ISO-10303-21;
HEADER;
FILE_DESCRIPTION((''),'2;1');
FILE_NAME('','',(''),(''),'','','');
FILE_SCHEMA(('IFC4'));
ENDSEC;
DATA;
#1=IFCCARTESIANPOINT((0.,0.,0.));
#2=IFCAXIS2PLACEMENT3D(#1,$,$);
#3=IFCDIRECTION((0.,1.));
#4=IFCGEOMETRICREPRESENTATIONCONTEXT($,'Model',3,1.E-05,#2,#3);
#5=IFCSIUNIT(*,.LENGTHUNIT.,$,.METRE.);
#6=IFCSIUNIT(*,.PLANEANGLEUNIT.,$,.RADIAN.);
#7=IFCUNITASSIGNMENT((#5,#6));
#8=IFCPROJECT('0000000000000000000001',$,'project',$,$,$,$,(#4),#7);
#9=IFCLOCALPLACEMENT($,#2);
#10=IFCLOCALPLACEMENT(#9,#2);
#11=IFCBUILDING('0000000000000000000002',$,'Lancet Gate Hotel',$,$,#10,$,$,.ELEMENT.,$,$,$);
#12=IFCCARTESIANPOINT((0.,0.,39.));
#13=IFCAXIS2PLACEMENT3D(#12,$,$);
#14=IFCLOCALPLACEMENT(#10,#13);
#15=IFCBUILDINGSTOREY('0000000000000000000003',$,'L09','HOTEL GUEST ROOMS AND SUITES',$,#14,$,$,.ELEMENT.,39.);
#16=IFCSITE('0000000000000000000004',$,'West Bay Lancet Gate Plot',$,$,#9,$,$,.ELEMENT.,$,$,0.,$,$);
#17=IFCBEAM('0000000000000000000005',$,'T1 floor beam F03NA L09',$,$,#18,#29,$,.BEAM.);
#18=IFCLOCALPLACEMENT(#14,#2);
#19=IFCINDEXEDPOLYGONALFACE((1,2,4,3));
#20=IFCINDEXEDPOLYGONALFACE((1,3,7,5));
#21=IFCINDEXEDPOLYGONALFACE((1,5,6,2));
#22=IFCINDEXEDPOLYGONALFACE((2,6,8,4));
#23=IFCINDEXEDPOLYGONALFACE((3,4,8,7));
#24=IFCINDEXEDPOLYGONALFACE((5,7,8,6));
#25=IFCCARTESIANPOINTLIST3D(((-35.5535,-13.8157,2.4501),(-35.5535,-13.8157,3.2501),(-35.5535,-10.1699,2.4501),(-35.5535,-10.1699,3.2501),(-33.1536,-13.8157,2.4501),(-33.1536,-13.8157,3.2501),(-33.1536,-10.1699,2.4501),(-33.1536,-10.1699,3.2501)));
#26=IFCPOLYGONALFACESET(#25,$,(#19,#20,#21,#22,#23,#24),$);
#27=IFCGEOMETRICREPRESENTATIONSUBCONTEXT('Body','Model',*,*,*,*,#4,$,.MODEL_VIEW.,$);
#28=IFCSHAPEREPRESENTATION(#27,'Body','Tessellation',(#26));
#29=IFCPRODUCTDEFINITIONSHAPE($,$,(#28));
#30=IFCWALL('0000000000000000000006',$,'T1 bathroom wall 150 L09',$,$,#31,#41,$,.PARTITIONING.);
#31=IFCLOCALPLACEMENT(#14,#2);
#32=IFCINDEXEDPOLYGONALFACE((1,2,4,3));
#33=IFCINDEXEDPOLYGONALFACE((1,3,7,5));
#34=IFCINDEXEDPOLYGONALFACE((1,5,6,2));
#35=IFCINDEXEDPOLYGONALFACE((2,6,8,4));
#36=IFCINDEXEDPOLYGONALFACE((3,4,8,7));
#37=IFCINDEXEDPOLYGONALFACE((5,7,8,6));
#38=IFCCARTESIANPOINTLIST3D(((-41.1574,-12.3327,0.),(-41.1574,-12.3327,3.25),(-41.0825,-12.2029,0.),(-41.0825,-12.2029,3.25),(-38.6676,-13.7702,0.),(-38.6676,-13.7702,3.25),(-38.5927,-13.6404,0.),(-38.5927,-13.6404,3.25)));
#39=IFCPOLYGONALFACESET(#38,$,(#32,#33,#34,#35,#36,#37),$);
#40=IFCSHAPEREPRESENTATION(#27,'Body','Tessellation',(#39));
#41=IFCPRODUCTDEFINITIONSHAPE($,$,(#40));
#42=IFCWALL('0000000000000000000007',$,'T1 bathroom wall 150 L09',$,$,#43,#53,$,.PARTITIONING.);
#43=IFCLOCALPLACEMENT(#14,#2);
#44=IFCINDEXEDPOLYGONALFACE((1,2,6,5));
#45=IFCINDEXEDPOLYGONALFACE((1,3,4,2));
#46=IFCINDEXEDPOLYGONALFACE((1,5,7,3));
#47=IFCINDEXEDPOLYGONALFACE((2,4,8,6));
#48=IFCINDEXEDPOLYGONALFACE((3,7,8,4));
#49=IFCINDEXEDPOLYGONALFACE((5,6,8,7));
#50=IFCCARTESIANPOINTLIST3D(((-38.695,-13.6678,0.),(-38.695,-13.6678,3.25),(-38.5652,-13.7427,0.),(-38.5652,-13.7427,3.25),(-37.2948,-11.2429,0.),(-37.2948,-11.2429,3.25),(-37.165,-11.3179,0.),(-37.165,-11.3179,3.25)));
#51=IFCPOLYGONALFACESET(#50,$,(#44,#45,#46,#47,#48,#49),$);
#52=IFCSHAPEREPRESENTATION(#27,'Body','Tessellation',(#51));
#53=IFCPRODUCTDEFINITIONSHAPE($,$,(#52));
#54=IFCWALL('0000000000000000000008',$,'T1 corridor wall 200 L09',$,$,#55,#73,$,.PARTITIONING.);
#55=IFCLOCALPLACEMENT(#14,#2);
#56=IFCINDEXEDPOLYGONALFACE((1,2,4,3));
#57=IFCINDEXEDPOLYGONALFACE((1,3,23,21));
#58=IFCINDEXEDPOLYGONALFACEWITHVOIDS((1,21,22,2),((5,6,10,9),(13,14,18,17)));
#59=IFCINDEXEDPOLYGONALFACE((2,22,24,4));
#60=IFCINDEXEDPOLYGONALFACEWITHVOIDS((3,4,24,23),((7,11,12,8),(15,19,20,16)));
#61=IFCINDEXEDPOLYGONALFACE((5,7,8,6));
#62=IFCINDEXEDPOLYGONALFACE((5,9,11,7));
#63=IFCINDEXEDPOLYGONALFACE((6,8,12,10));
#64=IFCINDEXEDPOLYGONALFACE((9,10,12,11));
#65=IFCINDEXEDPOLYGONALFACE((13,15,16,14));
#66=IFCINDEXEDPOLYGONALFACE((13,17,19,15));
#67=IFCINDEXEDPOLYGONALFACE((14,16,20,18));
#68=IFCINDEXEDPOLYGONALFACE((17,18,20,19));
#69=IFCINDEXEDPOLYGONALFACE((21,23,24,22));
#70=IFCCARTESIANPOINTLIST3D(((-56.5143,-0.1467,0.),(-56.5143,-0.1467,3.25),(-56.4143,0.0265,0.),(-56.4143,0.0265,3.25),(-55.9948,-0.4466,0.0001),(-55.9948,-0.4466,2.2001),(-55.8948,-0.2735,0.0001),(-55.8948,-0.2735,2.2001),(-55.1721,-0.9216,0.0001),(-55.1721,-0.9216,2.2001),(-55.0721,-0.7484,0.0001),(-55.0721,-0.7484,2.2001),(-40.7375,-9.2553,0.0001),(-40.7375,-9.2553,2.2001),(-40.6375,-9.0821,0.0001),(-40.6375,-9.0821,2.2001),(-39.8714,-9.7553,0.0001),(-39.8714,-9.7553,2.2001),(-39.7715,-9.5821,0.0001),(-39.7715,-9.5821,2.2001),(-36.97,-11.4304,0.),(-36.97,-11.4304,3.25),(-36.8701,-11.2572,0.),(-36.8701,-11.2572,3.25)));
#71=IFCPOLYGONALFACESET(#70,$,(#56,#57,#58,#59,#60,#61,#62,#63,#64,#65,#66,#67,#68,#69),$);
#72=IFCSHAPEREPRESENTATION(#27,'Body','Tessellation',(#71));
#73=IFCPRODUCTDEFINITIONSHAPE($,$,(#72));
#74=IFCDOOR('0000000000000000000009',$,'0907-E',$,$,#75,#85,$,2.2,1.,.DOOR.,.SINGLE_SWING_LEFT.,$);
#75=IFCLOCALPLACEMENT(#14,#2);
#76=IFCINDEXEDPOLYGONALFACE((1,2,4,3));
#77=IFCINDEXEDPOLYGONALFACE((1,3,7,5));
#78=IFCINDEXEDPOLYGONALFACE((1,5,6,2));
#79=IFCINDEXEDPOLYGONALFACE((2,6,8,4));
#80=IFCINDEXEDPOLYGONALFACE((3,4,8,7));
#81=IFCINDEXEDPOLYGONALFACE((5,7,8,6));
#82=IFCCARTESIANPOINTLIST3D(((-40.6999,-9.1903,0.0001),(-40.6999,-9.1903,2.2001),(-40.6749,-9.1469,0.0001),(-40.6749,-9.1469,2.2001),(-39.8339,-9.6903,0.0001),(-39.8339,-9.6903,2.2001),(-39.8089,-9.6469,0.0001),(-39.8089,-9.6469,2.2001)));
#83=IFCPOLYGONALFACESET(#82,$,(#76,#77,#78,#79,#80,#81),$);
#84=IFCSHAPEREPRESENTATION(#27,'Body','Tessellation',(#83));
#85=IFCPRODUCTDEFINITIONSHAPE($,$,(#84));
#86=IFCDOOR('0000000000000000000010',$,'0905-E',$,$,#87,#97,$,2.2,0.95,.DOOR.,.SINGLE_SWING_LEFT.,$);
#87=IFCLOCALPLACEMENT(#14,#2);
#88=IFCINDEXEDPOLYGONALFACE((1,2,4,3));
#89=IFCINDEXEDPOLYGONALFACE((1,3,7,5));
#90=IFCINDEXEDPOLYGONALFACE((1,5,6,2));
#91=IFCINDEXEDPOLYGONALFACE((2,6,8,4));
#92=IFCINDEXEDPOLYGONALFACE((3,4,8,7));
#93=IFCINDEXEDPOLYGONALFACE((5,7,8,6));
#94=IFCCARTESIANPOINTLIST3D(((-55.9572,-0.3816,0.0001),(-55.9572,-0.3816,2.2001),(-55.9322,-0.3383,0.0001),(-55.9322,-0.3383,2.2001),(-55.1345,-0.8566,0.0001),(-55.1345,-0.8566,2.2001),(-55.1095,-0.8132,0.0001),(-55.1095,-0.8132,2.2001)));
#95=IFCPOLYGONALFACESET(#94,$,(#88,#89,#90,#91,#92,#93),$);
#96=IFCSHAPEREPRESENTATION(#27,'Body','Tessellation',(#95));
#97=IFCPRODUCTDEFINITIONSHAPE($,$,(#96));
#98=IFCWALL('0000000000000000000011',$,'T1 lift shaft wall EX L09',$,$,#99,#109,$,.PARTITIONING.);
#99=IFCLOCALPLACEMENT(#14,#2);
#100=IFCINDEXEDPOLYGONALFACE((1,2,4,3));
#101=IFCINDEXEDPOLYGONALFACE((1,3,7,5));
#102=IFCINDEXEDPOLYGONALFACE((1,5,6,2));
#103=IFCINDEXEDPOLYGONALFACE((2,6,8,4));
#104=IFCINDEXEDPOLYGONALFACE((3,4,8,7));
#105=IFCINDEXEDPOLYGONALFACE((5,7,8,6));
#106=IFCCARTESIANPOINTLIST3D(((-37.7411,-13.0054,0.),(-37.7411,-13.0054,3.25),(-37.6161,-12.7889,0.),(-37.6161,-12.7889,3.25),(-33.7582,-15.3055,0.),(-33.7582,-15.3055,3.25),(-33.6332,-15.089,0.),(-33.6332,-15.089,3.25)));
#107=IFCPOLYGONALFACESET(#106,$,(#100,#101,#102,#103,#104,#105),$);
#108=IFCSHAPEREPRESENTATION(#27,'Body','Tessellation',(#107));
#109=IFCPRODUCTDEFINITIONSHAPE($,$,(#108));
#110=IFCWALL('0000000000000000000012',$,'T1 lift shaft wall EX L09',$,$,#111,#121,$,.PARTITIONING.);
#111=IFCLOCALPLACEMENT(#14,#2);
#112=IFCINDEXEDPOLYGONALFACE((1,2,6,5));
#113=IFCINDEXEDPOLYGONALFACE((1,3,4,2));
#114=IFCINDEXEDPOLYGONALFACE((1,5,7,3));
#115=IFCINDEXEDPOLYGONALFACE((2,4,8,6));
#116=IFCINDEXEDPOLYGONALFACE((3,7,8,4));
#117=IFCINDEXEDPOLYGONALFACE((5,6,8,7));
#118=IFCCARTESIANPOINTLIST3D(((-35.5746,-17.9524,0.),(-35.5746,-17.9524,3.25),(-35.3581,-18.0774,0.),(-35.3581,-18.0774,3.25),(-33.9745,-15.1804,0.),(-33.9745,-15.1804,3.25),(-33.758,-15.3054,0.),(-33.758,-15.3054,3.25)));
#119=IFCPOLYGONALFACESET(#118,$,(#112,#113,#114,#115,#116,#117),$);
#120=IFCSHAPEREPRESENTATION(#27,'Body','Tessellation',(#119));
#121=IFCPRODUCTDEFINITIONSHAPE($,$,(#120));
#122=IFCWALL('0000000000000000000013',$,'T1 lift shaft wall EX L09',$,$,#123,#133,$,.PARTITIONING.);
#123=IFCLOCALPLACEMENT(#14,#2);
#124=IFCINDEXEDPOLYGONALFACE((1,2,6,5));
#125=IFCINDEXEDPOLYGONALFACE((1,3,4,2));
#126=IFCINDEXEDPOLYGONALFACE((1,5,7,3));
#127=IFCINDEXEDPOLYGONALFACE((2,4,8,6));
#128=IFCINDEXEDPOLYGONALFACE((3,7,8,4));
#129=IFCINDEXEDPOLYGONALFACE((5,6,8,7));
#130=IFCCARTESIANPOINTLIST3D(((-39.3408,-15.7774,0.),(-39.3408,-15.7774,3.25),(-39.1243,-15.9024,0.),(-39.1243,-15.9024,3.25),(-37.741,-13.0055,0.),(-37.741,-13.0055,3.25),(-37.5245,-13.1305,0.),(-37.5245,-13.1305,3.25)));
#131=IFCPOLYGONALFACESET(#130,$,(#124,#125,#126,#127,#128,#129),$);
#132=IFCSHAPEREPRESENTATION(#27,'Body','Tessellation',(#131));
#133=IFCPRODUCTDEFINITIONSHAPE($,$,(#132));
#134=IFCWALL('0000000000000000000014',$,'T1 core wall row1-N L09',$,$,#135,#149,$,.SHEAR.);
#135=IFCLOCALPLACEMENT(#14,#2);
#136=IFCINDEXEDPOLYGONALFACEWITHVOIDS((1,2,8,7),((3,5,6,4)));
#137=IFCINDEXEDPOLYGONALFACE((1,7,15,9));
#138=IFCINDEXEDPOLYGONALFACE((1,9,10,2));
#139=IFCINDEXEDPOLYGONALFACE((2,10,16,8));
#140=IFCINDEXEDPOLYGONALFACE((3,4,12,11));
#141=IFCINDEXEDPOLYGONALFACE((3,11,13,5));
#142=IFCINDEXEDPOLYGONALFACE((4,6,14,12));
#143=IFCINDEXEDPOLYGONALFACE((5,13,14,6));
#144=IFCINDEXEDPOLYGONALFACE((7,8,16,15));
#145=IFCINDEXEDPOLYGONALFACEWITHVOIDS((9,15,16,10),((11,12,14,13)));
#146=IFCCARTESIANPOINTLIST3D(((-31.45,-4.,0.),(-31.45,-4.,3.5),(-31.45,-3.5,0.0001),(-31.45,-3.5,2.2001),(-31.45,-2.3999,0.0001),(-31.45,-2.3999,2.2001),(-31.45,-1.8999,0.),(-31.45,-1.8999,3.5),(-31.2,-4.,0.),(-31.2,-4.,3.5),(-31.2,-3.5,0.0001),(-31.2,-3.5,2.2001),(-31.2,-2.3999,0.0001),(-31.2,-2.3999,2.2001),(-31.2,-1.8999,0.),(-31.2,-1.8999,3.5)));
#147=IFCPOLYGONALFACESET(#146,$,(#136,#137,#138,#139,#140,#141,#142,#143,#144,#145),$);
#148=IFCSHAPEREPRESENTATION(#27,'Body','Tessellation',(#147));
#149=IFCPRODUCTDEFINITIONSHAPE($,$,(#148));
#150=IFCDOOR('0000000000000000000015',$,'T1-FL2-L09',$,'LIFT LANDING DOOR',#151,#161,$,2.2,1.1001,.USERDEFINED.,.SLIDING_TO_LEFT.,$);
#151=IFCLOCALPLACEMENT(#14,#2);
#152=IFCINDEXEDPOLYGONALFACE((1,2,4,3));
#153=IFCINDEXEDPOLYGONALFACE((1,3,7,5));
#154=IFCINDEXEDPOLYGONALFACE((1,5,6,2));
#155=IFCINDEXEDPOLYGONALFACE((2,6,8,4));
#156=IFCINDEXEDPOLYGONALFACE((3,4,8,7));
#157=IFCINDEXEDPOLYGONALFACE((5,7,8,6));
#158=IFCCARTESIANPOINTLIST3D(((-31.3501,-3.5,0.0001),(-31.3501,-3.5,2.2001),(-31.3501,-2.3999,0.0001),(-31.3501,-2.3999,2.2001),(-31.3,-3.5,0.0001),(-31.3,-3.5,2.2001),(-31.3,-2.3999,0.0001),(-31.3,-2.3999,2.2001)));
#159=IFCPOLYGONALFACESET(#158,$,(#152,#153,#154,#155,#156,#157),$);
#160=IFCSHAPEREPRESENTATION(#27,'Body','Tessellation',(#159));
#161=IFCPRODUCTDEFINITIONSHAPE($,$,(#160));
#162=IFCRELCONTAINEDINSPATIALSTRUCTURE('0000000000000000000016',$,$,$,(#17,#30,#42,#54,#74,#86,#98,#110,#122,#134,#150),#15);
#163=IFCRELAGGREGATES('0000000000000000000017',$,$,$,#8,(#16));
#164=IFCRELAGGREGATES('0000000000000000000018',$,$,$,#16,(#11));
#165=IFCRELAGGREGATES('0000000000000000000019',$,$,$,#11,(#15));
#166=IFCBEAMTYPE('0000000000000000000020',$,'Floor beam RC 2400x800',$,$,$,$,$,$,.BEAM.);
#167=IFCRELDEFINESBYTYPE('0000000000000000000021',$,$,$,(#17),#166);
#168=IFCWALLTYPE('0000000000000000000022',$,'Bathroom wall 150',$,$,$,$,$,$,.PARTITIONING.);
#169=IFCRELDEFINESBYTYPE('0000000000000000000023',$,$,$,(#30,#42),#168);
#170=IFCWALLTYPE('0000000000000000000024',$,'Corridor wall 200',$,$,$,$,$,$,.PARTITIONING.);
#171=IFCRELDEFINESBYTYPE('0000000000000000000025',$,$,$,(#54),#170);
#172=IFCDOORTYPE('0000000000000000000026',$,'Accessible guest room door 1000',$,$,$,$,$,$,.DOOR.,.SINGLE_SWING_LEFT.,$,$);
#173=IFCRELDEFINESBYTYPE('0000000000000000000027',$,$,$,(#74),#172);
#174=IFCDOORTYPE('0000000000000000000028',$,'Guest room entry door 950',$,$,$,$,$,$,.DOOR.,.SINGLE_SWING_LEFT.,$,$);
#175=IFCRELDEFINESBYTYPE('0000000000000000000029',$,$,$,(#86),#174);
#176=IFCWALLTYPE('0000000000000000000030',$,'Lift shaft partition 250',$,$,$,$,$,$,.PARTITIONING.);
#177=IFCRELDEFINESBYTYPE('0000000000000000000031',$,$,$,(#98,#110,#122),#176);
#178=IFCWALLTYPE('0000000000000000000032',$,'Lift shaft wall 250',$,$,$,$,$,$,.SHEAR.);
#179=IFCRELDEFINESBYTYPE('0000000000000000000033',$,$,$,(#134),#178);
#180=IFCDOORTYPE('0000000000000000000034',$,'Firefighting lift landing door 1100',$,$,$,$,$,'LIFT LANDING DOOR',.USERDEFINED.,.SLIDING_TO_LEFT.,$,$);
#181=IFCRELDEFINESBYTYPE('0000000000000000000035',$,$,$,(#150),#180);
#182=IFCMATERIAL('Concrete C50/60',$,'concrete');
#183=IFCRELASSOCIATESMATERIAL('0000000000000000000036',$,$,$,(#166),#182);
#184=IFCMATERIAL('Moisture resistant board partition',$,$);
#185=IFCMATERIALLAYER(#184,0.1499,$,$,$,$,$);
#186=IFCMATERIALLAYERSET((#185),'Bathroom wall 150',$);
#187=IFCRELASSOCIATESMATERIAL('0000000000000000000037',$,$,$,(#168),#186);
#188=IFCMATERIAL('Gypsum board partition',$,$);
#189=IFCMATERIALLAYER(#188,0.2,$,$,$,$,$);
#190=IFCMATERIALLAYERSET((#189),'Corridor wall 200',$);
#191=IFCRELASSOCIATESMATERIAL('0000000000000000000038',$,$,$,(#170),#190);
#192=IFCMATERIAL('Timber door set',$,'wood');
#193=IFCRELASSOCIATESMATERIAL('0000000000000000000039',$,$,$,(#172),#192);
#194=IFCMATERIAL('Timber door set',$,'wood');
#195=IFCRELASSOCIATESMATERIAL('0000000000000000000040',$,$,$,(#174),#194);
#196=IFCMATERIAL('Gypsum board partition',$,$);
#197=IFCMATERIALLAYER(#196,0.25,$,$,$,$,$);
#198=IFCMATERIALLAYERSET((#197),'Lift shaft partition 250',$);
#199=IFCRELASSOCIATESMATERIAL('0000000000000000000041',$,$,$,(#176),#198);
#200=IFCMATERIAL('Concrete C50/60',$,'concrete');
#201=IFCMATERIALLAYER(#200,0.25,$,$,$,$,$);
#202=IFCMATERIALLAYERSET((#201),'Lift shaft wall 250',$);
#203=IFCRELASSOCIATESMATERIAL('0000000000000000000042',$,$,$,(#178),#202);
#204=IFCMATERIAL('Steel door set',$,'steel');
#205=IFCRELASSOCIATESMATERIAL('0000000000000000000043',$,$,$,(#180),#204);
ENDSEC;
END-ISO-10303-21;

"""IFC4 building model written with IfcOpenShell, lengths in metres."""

from ifc_helpers import new_model, si_unit, direction, frame, frame_2d, origin, origin_2d, place, context, subcontext, project, spatial, rectangle, extrude, material, layer, layer_set, material_profile, profile_set, type_object, element, fill, save


model = new_model("IFC4")

# Units and contexts
model_context = context("Model", 3, precision=1e-05, world=origin(), true_north=direction((0.0, 1.0)))
body_context = subcontext(model_context, "Body", "Model", "MODEL_VIEW")
ifc_project = project(units=[si_unit("LENGTHUNIT", "METRE"), si_unit("PLANEANGLEUNIT", "RADIAN")], contexts=[model_context])

# Site, building, storey
site_placement = place(None, origin())
site = spatial("IfcSite", under=ifc_project, at=site_placement, Name="West Bay Lancet Gate Plot", CompositionType="ELEMENT", RefElevation=0.0)
building_placement = place(site_placement, origin())
building = spatial("IfcBuilding", under=site, at=building_placement, Name="Lancet Gate Hotel", CompositionType="ELEMENT")
storey_placement = place(building_placement, frame((0.0, 0.0, 39.0)))
storey = spatial("IfcBuildingStorey", under=building, at=storey_placement, Name="L09", Description="HOTEL GUEST ROOMS AND SUITES", CompositionType="ELEMENT", Elevation=39.0)

# Beam
ifc_material_1 = material(Name="Concrete C50/60", Category="concrete")
ifc_material_profile = material_profile(ifc_material_1, rectangle(XDim=2.3999, YDim=0.8, at=origin_2d()), Name="RC 2400x800")
ifc_profile_set = profile_set([ifc_material_profile], Name="Concrete C50/60")
beam_type = type_object("IfcBeamType", Name="Floor beam RC 2400x800", PredefinedType="BEAM", material=ifc_profile_set)
beam_placement = place(storey_placement, frame((-34.3535, -10.1699, 2.8501), z_axis=(0.0, -1.0, 0.0), x_axis=(1.0, 0.0, 0.0)))
element("IfcBeam", 1, at=beam_placement, inside=storey, type_object=beam_type, Name="T1 floor beam F03NA L09", PredefinedType="BEAM", context=body_context, shape_type="SweptSolid", body=[
    extrude(rectangle(XDim=2.3999, YDim=0.8, at=origin_2d()), origin(), (0.0, 0.0, 1.0), 3.6458),
])

# Walls
ifc_material_2 = material(Name="Moisture resistant board partition")
ifc_layer_1 = layer(ifc_material_2, 0.1499)
ifc_layer_set_1 = layer_set([ifc_layer_1], Name="Bathroom wall 150")
wall_type_1 = type_object("IfcWallType", Name="Bathroom wall 150", PredefinedType="PARTITIONING", material=ifc_layer_set_1)
wall_1_placement = place(storey_placement, frame((-38.6301, -13.7053, 0.0), z_axis=(0.0, 0.0, 1.0), x_axis=(-0.866019, 0.500012, 0.0)))
element("IfcWall", 2, at=wall_1_placement, inside=storey, type_object=wall_type_1, Name="T1 bathroom wall 150 L09", PredefinedType="PARTITIONING", context=body_context, shape_type="SweptSolid", body=[
    extrude(rectangle(XDim=2.875, YDim=0.1499, at=frame_2d((1.4375, 0.0))), origin(), (0.0, 0.0, 1.0), 3.25),
])
wall_2_placement = place(storey_placement, frame((-37.23, -11.2805, 0.0), z_axis=(0.0, 0.0, 1.0), x_axis=(-0.50005, -0.865997, 0.0)))
element("IfcWall", 3, at=wall_2_placement, inside=storey, type_object=wall_type_1, Name="T1 bathroom wall 150 L09", PredefinedType="PARTITIONING", context=body_context, shape_type="SweptSolid", body=[
    extrude(rectangle(XDim=2.8, YDim=0.1499, at=frame_2d((1.3999, 0.0))), origin(), (0.0, 0.0, 1.0), 3.25),
])

# Wall, openings, doors
ifc_material_3 = material(Name="Gypsum board partition")
ifc_layer_2 = layer(ifc_material_3, 0.2)
ifc_layer_set_2 = layer_set([ifc_layer_2], Name="Corridor wall 200")
wall_type_2 = type_object("IfcWallType", Name="Corridor wall 200", PredefinedType="PARTITIONING", material=ifc_layer_set_2)
wall_3_placement = place(storey_placement, frame((-36.9202, -11.3438, 0.0), z_axis=(0.0, 0.0, 1.0), x_axis=(-0.866028, 0.499995, 0.0)))
wall_3 = element("IfcWall", 4, at=wall_3_placement, inside=storey, type_object=wall_type_2, Name="T1 corridor wall 200 L09", PredefinedType="PARTITIONING", context=body_context, shape_type="SweptSolid", body=[
    extrude(rectangle(XDim=22.5676, YDim=0.2, at=frame_2d((11.2837, 0.0))), origin(), (0.0, 0.0, 1.0), 3.25),
])
opening_1_placement = place(wall_3_placement, frame((21.0176, 0.0, 0.0)))
opening_1 = element("IfcOpeningElement", 5, at=opening_1_placement, cuts=wall_3, PredefinedType="OPENING", context=body_context, shape_type="SweptSolid", body=[
    extrude(rectangle(XDim=0.95, YDim=2.2, at=frame_2d((0.4751, 1.1001))), frame((0.0, 0.1099, 0.0), z_axis=(0.0, -1.0, 0.0), x_axis=(1.0, 0.0, 0.0)), (0.0, 0.0, 1.0), 0.22),
])
opening_2_placement = place(wall_3_placement, frame((3.3501, 0.0, 0.0)))
opening_2 = element("IfcOpeningElement", 6, at=opening_2_placement, cuts=wall_3, PredefinedType="OPENING", context=body_context, shape_type="SweptSolid", body=[
    extrude(rectangle(XDim=1.0, YDim=2.2, at=frame_2d((0.5, 1.1001))), frame((0.0, 0.1099, 0.0), z_axis=(0.0, -1.0, 0.0), x_axis=(1.0, 0.0, 0.0)), (0.0, 0.0, 1.0), 0.22),
])
ifc_material_4 = material(Name="Timber door set", Category="wood")
door_type_1 = type_object("IfcDoorType", Name="Accessible guest room door 1000", OperationType="SINGLE_SWING_LEFT", PredefinedType="DOOR", material=ifc_material_4)
door_1_placement = place(opening_2_placement, origin())
door_1 = element("IfcDoor", 7, at=door_1_placement, inside=storey, type_object=door_type_1, Name="0907-E", OperationType="SINGLE_SWING_LEFT", OverallHeight=2.2, OverallWidth=1.0, PredefinedType="DOOR", context=body_context, shape_type="SweptSolid", body=[
    extrude(rectangle(XDim=1.0, YDim=2.2, at=frame_2d((0.5, 1.1001))), frame((0.0, 0.0249, 0.0), z_axis=(0.0, -1.0, 0.0), x_axis=(1.0, 0.0, 0.0)), (0.0, 0.0, 1.0), 0.05),
])
fill(opening_2, door_1)
ifc_material_5 = material(Name="Timber door set", Category="wood")
door_type_2 = type_object("IfcDoorType", Name="Guest room entry door 950", OperationType="SINGLE_SWING_LEFT", PredefinedType="DOOR", material=ifc_material_5)
door_2_placement = place(opening_1_placement, origin())
door_2 = element("IfcDoor", 8, at=door_2_placement, inside=storey, type_object=door_type_2, Name="0905-E", OperationType="SINGLE_SWING_LEFT", OverallHeight=2.2, OverallWidth=0.95, PredefinedType="DOOR", context=body_context, shape_type="SweptSolid", body=[
    extrude(rectangle(XDim=0.95, YDim=2.2, at=frame_2d((0.4751, 1.1001))), frame((0.0, 0.0249, 0.0), z_axis=(0.0, -1.0, 0.0), x_axis=(1.0, 0.0, 0.0)), (0.0, 0.0, 1.0), 0.05),
])
fill(opening_1, door_2)

# Walls
ifc_material_6 = material(Name="Gypsum board partition")
ifc_layer_3 = layer(ifc_material_6, 0.25)
ifc_layer_set_3 = layer_set([ifc_layer_3], Name="Lift shaft partition 250")
wall_type_3 = type_object("IfcWallType", Name="Lift shaft partition 250", PredefinedType="PARTITIONING", material=ifc_layer_set_3)
wall_4_placement = place(storey_placement, frame((-33.6956, -15.1973, 0.0), z_axis=(0.0, 0.0, 1.0), x_axis=(-0.865977, 0.500084, 0.0)))
element("IfcWall", 9, at=wall_4_placement, inside=storey, type_object=wall_type_3, Name="T1 lift shaft wall EX L09", PredefinedType="PARTITIONING", context=body_context, shape_type="SweptSolid", body=[
    extrude(rectangle(XDim=4.5994, YDim=0.25, at=frame_2d((2.2998, 0.0))), origin(), (0.0, 0.0, 1.0), 3.25),
])
wall_5_placement = place(storey_placement, frame((-33.8662, -15.2429, 0.0), z_axis=(0.0, 0.0, 1.0), x_axis=(-0.499929, -0.866066, 0.0)))
element("IfcWall", 10, at=wall_5_placement, inside=storey, type_object=wall_type_3, Name="T1 lift shaft wall EX L09", PredefinedType="PARTITIONING", context=body_context, shape_type="SweptSolid", body=[
    extrude(rectangle(XDim=3.2007, YDim=0.25, at=frame_2d((1.6003, 0.0))), origin(), (0.0, 0.0, 1.0), 3.25),
])
wall_6_placement = place(storey_placement, frame((-37.6328, -13.0681, 0.0), z_axis=(0.0, 0.0, 1.0), x_axis=(-0.499872, -0.866099, 0.0)))
element("IfcWall", 11, at=wall_6_placement, inside=storey, type_object=wall_type_3, Name="T1 lift shaft wall EX L09", PredefinedType="PARTITIONING", context=body_context, shape_type="SweptSolid", body=[
    extrude(rectangle(XDim=3.2004, YDim=0.25, at=frame_2d((1.6001, 0.0))), origin(), (0.0, 0.0, 1.0), 3.25),
])

# Wall, opening, door
ifc_material_7 = material(Name="Concrete C50/60", Category="concrete")
ifc_layer_4 = layer(ifc_material_7, 0.25)
ifc_layer_set_4 = layer_set([ifc_layer_4], Name="Lift shaft wall 250")
wall_type_4 = type_object("IfcWallType", Name="Lift shaft wall 250", PredefinedType="SHEAR", material=ifc_layer_set_4)
wall_7_placement = place(storey_placement, frame((-31.325, -1.8999, 0.0), z_axis=(0.0, 0.0, 1.0), x_axis=(0.0, -1.0, 0.0)))
wall_7 = element("IfcWall", 12, at=wall_7_placement, inside=storey, type_object=wall_type_4, Name="T1 core wall row1-N L09", PredefinedType="SHEAR", context=body_context, shape_type="SweptSolid", body=[
    extrude(rectangle(XDim=2.1001, YDim=0.25, at=frame_2d((1.05, 0.0))), origin(), (0.0, 0.0, 1.0), 3.5),
])
opening_3_placement = place(wall_7_placement, frame((0.5, 0.0, 0.0)))
opening_3 = element("IfcOpeningElement", 13, at=opening_3_placement, cuts=wall_7, PredefinedType="OPENING", context=body_context, shape_type="SweptSolid", body=[
    extrude(rectangle(XDim=1.1001, YDim=2.2, at=frame_2d((0.55, 1.1001))), frame((0.0, 0.135, 0.0), z_axis=(0.0, -1.0, 0.0), x_axis=(1.0, 0.0, 0.0)), (0.0, 0.0, 1.0), 0.27),
])
ifc_material_8 = material(Name="Steel door set", Category="steel")
door_type_3 = type_object("IfcDoorType", Name="Firefighting lift landing door 1100", ElementType="LIFT LANDING DOOR", OperationType="SLIDING_TO_LEFT", PredefinedType="USERDEFINED", material=ifc_material_8)
door_3_placement = place(opening_3_placement, origin())
door_3 = element("IfcDoor", 14, at=door_3_placement, inside=storey, type_object=door_type_3, Name="T1-FL2-L09", ObjectType="LIFT LANDING DOOR", OperationType="SLIDING_TO_LEFT", OverallHeight=2.2, OverallWidth=1.1001, PredefinedType="USERDEFINED", context=body_context, shape_type="SweptSolid", body=[
    extrude(rectangle(XDim=1.1001, YDim=2.2, at=frame_2d((0.55, 1.1001))), frame((0.0, 0.0249, 0.0), z_axis=(0.0, -1.0, 0.0), x_axis=(1.0, 0.0, 0.0)), (0.0, 0.0, 1.0), 0.05),
])
fill(opening_3, door_3)

save(model, "model.ifc")
